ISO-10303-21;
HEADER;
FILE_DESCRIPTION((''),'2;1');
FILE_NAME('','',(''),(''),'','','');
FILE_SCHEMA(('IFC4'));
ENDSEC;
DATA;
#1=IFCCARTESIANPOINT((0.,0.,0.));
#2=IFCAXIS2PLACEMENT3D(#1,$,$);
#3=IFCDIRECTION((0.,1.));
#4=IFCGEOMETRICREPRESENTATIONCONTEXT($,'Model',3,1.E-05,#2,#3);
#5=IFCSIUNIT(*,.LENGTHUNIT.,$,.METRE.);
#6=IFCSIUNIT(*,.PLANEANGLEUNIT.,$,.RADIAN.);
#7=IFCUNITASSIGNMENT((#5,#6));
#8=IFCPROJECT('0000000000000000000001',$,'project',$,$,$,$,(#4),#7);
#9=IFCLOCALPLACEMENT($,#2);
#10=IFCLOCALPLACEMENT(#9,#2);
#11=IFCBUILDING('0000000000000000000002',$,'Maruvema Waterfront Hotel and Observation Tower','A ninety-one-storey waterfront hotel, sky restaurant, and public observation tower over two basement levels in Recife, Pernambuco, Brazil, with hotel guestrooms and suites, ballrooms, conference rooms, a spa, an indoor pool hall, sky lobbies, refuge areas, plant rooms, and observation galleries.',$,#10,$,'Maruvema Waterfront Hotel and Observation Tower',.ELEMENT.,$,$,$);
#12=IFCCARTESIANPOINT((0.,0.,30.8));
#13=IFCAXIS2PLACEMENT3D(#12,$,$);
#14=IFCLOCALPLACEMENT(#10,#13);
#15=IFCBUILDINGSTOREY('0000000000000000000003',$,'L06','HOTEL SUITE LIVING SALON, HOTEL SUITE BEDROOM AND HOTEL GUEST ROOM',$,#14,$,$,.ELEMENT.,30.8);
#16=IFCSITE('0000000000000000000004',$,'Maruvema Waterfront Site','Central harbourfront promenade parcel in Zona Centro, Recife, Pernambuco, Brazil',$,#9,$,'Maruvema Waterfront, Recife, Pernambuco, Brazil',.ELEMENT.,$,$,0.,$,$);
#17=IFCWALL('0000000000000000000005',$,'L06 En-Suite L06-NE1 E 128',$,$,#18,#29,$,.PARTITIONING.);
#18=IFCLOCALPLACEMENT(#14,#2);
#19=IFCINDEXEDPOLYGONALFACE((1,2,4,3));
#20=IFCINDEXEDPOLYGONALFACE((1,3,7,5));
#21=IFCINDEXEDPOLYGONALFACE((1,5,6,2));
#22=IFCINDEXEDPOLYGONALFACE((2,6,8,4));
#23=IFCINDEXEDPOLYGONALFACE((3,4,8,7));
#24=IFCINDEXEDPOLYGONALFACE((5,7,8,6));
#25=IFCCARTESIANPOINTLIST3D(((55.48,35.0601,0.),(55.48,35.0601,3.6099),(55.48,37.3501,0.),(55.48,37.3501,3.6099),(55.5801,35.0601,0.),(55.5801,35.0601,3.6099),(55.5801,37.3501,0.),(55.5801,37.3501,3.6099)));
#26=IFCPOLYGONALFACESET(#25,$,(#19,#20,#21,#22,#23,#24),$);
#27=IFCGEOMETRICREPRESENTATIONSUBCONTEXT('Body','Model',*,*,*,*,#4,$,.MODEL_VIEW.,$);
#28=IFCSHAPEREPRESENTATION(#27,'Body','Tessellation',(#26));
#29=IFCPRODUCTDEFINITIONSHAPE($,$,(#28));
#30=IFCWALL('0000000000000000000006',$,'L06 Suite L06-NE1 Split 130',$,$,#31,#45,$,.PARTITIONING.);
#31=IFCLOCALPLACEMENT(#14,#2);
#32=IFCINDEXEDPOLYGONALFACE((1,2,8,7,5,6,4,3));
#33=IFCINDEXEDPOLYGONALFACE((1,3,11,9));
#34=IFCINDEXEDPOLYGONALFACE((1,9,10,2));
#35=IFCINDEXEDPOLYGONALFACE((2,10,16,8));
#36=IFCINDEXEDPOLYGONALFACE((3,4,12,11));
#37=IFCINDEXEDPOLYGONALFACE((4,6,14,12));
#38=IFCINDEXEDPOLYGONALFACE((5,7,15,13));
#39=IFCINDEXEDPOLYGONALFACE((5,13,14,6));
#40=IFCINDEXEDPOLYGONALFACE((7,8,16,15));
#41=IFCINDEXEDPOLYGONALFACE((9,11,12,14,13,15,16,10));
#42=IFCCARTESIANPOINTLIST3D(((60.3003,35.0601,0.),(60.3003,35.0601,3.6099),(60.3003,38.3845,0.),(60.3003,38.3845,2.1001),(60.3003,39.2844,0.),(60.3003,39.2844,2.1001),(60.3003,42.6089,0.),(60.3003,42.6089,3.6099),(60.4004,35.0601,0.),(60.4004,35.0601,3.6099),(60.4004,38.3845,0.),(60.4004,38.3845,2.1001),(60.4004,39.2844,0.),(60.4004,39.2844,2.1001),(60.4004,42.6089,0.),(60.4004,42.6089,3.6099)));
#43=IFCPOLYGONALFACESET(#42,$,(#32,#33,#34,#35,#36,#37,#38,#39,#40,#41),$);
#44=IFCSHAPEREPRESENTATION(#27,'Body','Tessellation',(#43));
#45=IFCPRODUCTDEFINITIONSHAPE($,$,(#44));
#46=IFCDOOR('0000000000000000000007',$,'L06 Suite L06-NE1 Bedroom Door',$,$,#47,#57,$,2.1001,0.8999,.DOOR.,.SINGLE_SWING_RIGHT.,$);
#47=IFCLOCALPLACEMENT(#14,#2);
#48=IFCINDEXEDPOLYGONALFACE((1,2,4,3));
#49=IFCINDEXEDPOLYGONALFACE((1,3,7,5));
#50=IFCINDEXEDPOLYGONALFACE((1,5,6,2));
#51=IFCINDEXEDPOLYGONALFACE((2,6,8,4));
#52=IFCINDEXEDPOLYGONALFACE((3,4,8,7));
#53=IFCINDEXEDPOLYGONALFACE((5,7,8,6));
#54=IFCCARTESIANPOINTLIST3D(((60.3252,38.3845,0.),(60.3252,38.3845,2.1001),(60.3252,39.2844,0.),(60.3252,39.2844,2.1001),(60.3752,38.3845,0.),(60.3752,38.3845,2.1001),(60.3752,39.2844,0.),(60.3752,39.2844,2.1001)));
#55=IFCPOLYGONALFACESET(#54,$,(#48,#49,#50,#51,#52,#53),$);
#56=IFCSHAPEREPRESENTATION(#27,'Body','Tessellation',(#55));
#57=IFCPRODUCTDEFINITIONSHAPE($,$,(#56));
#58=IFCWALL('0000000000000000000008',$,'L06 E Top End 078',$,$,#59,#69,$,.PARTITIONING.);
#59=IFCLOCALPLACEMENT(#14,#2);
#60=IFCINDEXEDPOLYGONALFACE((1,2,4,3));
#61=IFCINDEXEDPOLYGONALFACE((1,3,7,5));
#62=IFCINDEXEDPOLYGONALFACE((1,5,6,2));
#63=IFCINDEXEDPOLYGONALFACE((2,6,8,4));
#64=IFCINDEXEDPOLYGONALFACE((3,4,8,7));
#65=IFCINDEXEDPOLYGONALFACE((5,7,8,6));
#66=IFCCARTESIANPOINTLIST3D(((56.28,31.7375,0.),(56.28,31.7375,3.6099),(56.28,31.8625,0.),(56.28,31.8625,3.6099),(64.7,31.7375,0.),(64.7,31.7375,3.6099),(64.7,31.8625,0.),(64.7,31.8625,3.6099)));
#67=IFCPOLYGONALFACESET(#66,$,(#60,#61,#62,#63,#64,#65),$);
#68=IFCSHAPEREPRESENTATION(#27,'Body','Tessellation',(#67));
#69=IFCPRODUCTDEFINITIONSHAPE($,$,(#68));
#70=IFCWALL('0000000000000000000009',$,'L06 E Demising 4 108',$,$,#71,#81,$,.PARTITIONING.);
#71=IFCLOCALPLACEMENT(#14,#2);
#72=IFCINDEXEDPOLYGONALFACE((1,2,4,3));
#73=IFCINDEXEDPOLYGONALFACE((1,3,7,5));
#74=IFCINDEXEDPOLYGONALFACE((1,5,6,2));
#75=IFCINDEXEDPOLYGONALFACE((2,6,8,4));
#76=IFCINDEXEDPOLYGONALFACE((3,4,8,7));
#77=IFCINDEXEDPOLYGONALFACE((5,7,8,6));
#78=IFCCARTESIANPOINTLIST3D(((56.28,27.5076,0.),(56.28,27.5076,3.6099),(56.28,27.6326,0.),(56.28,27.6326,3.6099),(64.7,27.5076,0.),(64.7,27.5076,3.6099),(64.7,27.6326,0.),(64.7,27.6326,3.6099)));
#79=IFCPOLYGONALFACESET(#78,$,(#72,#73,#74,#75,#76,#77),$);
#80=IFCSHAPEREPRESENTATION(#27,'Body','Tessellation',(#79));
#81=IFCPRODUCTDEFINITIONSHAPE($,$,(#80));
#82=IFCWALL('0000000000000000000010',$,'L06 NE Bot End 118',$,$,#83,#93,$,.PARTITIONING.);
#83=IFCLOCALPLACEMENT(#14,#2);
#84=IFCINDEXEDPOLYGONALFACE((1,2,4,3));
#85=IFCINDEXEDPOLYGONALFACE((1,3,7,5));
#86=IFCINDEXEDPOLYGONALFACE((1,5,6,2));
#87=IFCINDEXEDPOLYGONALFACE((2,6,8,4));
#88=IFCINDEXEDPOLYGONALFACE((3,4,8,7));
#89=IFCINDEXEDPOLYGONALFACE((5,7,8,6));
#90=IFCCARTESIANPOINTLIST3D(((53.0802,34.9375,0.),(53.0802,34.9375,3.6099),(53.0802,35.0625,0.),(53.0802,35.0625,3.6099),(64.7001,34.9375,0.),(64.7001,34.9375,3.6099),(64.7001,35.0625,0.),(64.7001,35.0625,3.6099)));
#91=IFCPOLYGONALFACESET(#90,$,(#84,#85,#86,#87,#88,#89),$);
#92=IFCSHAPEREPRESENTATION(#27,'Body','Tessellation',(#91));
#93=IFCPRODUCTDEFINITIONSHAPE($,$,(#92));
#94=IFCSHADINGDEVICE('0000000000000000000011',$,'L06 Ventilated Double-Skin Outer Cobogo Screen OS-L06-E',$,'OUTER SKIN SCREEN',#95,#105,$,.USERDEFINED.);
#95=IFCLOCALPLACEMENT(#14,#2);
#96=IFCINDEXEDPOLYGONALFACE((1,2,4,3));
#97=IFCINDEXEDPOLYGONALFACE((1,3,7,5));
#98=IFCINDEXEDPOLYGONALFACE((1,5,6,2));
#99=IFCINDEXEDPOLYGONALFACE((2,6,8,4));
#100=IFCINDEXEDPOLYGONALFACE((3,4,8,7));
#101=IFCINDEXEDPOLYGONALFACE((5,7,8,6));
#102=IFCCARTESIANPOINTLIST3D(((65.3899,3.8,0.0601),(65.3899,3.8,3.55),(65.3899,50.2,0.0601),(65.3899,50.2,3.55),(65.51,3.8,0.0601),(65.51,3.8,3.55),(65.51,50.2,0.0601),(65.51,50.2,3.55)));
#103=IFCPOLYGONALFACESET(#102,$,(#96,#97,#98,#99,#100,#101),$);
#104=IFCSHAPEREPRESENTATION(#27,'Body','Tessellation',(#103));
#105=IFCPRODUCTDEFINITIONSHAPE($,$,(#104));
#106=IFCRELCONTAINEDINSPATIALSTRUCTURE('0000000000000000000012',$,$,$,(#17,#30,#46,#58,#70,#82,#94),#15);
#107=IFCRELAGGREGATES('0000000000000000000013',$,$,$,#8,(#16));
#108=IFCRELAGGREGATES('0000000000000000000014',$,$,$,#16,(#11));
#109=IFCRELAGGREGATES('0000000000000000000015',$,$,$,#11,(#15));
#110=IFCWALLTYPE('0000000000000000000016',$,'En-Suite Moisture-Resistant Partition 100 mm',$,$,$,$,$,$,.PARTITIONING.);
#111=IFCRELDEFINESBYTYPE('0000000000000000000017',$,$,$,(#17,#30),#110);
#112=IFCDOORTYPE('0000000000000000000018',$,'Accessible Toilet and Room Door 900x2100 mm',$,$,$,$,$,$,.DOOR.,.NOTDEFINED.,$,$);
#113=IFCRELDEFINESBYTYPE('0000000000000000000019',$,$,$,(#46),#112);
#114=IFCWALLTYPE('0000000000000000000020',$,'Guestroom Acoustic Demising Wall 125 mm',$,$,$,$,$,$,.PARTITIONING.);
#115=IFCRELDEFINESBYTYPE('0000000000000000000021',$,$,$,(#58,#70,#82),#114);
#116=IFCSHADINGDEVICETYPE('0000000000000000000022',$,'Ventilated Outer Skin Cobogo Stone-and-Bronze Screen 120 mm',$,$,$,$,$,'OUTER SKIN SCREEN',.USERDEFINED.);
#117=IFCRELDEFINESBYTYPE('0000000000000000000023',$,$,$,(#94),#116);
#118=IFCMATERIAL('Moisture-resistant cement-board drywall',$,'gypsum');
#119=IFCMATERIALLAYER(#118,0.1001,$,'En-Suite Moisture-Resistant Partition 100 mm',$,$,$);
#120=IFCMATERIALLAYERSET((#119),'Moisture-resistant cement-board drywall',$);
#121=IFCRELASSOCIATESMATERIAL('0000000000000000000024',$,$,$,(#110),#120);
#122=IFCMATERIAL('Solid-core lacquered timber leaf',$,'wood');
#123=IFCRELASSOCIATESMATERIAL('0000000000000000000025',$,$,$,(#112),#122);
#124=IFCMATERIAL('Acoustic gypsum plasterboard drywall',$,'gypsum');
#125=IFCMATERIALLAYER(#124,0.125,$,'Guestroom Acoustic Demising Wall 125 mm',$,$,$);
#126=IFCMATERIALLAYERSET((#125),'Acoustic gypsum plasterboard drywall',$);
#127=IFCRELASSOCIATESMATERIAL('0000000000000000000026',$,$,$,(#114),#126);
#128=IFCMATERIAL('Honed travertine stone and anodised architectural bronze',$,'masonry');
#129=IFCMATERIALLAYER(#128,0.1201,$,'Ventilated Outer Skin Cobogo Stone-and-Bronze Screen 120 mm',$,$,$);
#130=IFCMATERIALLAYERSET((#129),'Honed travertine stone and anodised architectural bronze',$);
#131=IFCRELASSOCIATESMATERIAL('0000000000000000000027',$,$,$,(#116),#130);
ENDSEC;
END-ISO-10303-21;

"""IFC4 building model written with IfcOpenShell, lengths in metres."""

from ifc_helpers import new_model, si_unit, direction, frame, frame_2d, origin, origin_2d, place, context, subcontext, project, spatial, rectangle, extrude, material, layer, layer_set, type_object, element, fill, save


model = new_model("IFC4")

# Units and contexts
model_context = context("Model", 3, precision=1e-05, world=origin(), true_north=direction((0.0, 1.0)))
body_context = subcontext(model_context, "Body", "Model", "MODEL_VIEW")
ifc_project = project(units=[si_unit("LENGTHUNIT", "METRE"), si_unit("PLANEANGLEUNIT", "RADIAN")], contexts=[model_context])

# Site, building, storey
site_placement = place(None, origin())
site = spatial("IfcSite", under=ifc_project, at=site_placement, Name="Maruvema Waterfront Site", Description="Central harbourfront promenade parcel in Zona Centro, Recife, Pernambuco, Brazil", LongName="Maruvema Waterfront, Recife, Pernambuco, Brazil", CompositionType="ELEMENT", RefElevation=0.0)
building_placement = place(site_placement, origin())
building = spatial("IfcBuilding", under=site, at=building_placement, Name="Maruvema Waterfront Hotel and Observation Tower", Description="A ninety-one-storey waterfront hotel, sky restaurant, and public observation tower over two basement levels in Recife, Pernambuco, Brazil, with hotel guestrooms and suites, ballrooms, conference rooms, a spa, an indoor pool hall, sky lobbies, refuge areas, plant rooms, and observation galleries.", LongName="Maruvema Waterfront Hotel and Observation Tower", CompositionType="ELEMENT")
storey_placement = place(building_placement, frame((0.0, 0.0, 30.8)))
storey = spatial("IfcBuildingStorey", under=building, at=storey_placement, Name="L06", Description="HOTEL SUITE LIVING SALON, HOTEL SUITE BEDROOM AND HOTEL GUEST ROOM", CompositionType="ELEMENT", Elevation=30.8)

# Shared definitions
ifc_material_1 = material(Name="Moisture-resistant cement-board drywall", Category="gypsum")
ifc_layer_1 = layer(ifc_material_1, 0.1001, Name="En-Suite Moisture-Resistant Partition 100 mm")
ifc_layer_set_1 = layer_set([ifc_layer_1], Name="Moisture-resistant cement-board drywall")
wall_type_1 = type_object("IfcWallType", Name="En-Suite Moisture-Resistant Partition 100 mm", PredefinedType="PARTITIONING", material=ifc_layer_set_1)

# Wall
wall_1_placement = place(storey_placement, frame((55.53, 35.0601, 0.0), z_axis=(0.0, 0.0, 1.0), x_axis=(0.0, 1.0, 0.0)))
element("IfcWall", 1, at=wall_1_placement, inside=storey, type_object=wall_type_1, Name="L06 En-Suite L06-NE1 E 128", PredefinedType="PARTITIONING", context=body_context, shape_type="SweptSolid", body=[
    extrude(rectangle(XDim=2.29, YDim=0.1001, at=frame_2d((1.145, 0.0))), origin(), (0.0, 0.0, 1.0), 3.6099),
])

# Wall, opening, door
wall_2_placement = place(storey_placement, frame((60.3503, 35.0601, 0.0), z_axis=(0.0, 0.0, 1.0), x_axis=(0.0, 1.0, 0.0)))
wall_2 = element("IfcWall", 2, at=wall_2_placement, inside=storey, type_object=wall_type_1, Name="L06 Suite L06-NE1 Split 130", PredefinedType="PARTITIONING", context=body_context, shape_type="SweptSolid", body=[
    extrude(rectangle(XDim=7.5488, YDim=0.1001, at=frame_2d((3.7744, 0.0))), origin(), (0.0, 0.0, 1.0), 3.6099),
])
opening_1_placement = place(wall_2_placement, frame((3.3245, 0.0, 0.0)))
opening_1 = element("IfcOpeningElement", 3, at=opening_1_placement, cuts=wall_2, PredefinedType="OPENING", context=body_context, shape_type="SweptSolid", body=[
    extrude(rectangle(XDim=0.8999, YDim=2.1001, at=frame_2d((0.45, 1.05))), frame((0.0, 0.0601, 0.0), z_axis=(0.0, -1.0, 0.0), x_axis=(1.0, 0.0, 0.0)), (0.0, 0.0, 1.0), 0.1201),
])
ifc_material_2 = material(Name="Solid-core lacquered timber leaf", Category="wood")
door_type_1 = type_object("IfcDoorType", Name="Accessible Toilet and Room Door 900x2100 mm", OperationType="NOTDEFINED", PredefinedType="DOOR", material=ifc_material_2)
door_1_placement = place(opening_1_placement, frame((0.8999, 0.0, 0.0), z_axis=(0.0, 0.0, 1.0), x_axis=(-1.0, 0.0, 0.0)))
door_1 = element("IfcDoor", 4, at=door_1_placement, inside=storey, type_object=door_type_1, Name="L06 Suite L06-NE1 Bedroom Door", OperationType="SINGLE_SWING_RIGHT", OverallHeight=2.1001, OverallWidth=0.8999, PredefinedType="DOOR", context=body_context, shape_type="SweptSolid", body=[
    extrude(rectangle(XDim=0.8999, YDim=2.1001, at=frame_2d((0.45, 1.05))), frame((0.0, 0.0249, 0.0), z_axis=(0.0, -1.0, 0.0), x_axis=(1.0, 0.0, 0.0)), (0.0, 0.0, 1.0), 0.05),
])
fill(opening_1, door_1)

# Walls
ifc_material_3 = material(Name="Acoustic gypsum plasterboard drywall", Category="gypsum")
ifc_layer_2 = layer(ifc_material_3, 0.125, Name="Guestroom Acoustic Demising Wall 125 mm")
ifc_layer_set_2 = layer_set([ifc_layer_2], Name="Acoustic gypsum plasterboard drywall")
wall_type_2 = type_object("IfcWallType", Name="Guestroom Acoustic Demising Wall 125 mm", PredefinedType="PARTITIONING", material=ifc_layer_set_2)
for number, where, z_axis, x_axis, name in (
    (5, (56.28, 31.8, 0.0), (0.0, 0.0, 1.0), (1.0, 0.0, 0.0), "L06 E Top End 078"),
    (6, (56.28, 27.5701, 0.0), (0.0, 0.0, 1.0), (1.0, 0.0, 0.0), "L06 E Demising 4 108"),
):
    element("IfcWall", number, at=place(storey_placement, frame(where, z_axis=z_axis, x_axis=x_axis)), inside=storey, type_object=wall_type_2, Name=name, PredefinedType="PARTITIONING", context=body_context, shape_type="SweptSolid", body=[
        extrude(rectangle(XDim=8.4199, YDim=0.125, at=frame_2d((4.21, 0.0))), origin(), (0.0, 0.0, 1.0), 3.6099),
    ])
wall_3_placement = place(storey_placement, frame((53.0801, 35.0, 0.0), z_axis=(0.0, 0.0, 1.0), x_axis=(1.0, 0.0, 0.0)))
element("IfcWall", 7, at=wall_3_placement, inside=storey, type_object=wall_type_2, Name="L06 NE Bot End 118", PredefinedType="PARTITIONING", context=body_context, shape_type="SweptSolid", body=[
    extrude(rectangle(XDim=11.6199, YDim=0.125, at=frame_2d((5.8101, 0.0))), origin(), (0.0, 0.0, 1.0), 3.6099),
])

# Shading device
ifc_material_4 = material(Name="Honed travertine stone and anodised architectural bronze", Category="masonry")
ifc_layer_3 = layer(ifc_material_4, 0.1201, Name="Ventilated Outer Skin Cobogo Stone-and-Bronze Screen 120 mm")
ifc_layer_set_3 = layer_set([ifc_layer_3], Name="Honed travertine stone and anodised architectural bronze")
shading_device_type = type_object("IfcShadingDeviceType", Name="Ventilated Outer Skin Cobogo Stone-and-Bronze Screen 120 mm", ElementType="OUTER SKIN SCREEN", PredefinedType="USERDEFINED", material=ifc_layer_set_3)
shading_device_placement = place(storey_placement, frame((65.45, 27.0, 0.0601), z_axis=(0.0, 0.0, 1.0), x_axis=(0.0, 1.0, 0.0)))
element("IfcShadingDevice", 8, at=shading_device_placement, inside=storey, type_object=shading_device_type, Name="L06 Ventilated Double-Skin Outer Cobogo Screen OS-L06-E", ObjectType="OUTER SKIN SCREEN", PredefinedType="USERDEFINED", context=body_context, shape_type="SweptSolid", body=[
    extrude(rectangle(XDim=46.3999, YDim=0.1201, at=origin_2d()), origin(), (0.0, 0.0, 1.0), 3.49),
])

save(model, "model.ifc")
